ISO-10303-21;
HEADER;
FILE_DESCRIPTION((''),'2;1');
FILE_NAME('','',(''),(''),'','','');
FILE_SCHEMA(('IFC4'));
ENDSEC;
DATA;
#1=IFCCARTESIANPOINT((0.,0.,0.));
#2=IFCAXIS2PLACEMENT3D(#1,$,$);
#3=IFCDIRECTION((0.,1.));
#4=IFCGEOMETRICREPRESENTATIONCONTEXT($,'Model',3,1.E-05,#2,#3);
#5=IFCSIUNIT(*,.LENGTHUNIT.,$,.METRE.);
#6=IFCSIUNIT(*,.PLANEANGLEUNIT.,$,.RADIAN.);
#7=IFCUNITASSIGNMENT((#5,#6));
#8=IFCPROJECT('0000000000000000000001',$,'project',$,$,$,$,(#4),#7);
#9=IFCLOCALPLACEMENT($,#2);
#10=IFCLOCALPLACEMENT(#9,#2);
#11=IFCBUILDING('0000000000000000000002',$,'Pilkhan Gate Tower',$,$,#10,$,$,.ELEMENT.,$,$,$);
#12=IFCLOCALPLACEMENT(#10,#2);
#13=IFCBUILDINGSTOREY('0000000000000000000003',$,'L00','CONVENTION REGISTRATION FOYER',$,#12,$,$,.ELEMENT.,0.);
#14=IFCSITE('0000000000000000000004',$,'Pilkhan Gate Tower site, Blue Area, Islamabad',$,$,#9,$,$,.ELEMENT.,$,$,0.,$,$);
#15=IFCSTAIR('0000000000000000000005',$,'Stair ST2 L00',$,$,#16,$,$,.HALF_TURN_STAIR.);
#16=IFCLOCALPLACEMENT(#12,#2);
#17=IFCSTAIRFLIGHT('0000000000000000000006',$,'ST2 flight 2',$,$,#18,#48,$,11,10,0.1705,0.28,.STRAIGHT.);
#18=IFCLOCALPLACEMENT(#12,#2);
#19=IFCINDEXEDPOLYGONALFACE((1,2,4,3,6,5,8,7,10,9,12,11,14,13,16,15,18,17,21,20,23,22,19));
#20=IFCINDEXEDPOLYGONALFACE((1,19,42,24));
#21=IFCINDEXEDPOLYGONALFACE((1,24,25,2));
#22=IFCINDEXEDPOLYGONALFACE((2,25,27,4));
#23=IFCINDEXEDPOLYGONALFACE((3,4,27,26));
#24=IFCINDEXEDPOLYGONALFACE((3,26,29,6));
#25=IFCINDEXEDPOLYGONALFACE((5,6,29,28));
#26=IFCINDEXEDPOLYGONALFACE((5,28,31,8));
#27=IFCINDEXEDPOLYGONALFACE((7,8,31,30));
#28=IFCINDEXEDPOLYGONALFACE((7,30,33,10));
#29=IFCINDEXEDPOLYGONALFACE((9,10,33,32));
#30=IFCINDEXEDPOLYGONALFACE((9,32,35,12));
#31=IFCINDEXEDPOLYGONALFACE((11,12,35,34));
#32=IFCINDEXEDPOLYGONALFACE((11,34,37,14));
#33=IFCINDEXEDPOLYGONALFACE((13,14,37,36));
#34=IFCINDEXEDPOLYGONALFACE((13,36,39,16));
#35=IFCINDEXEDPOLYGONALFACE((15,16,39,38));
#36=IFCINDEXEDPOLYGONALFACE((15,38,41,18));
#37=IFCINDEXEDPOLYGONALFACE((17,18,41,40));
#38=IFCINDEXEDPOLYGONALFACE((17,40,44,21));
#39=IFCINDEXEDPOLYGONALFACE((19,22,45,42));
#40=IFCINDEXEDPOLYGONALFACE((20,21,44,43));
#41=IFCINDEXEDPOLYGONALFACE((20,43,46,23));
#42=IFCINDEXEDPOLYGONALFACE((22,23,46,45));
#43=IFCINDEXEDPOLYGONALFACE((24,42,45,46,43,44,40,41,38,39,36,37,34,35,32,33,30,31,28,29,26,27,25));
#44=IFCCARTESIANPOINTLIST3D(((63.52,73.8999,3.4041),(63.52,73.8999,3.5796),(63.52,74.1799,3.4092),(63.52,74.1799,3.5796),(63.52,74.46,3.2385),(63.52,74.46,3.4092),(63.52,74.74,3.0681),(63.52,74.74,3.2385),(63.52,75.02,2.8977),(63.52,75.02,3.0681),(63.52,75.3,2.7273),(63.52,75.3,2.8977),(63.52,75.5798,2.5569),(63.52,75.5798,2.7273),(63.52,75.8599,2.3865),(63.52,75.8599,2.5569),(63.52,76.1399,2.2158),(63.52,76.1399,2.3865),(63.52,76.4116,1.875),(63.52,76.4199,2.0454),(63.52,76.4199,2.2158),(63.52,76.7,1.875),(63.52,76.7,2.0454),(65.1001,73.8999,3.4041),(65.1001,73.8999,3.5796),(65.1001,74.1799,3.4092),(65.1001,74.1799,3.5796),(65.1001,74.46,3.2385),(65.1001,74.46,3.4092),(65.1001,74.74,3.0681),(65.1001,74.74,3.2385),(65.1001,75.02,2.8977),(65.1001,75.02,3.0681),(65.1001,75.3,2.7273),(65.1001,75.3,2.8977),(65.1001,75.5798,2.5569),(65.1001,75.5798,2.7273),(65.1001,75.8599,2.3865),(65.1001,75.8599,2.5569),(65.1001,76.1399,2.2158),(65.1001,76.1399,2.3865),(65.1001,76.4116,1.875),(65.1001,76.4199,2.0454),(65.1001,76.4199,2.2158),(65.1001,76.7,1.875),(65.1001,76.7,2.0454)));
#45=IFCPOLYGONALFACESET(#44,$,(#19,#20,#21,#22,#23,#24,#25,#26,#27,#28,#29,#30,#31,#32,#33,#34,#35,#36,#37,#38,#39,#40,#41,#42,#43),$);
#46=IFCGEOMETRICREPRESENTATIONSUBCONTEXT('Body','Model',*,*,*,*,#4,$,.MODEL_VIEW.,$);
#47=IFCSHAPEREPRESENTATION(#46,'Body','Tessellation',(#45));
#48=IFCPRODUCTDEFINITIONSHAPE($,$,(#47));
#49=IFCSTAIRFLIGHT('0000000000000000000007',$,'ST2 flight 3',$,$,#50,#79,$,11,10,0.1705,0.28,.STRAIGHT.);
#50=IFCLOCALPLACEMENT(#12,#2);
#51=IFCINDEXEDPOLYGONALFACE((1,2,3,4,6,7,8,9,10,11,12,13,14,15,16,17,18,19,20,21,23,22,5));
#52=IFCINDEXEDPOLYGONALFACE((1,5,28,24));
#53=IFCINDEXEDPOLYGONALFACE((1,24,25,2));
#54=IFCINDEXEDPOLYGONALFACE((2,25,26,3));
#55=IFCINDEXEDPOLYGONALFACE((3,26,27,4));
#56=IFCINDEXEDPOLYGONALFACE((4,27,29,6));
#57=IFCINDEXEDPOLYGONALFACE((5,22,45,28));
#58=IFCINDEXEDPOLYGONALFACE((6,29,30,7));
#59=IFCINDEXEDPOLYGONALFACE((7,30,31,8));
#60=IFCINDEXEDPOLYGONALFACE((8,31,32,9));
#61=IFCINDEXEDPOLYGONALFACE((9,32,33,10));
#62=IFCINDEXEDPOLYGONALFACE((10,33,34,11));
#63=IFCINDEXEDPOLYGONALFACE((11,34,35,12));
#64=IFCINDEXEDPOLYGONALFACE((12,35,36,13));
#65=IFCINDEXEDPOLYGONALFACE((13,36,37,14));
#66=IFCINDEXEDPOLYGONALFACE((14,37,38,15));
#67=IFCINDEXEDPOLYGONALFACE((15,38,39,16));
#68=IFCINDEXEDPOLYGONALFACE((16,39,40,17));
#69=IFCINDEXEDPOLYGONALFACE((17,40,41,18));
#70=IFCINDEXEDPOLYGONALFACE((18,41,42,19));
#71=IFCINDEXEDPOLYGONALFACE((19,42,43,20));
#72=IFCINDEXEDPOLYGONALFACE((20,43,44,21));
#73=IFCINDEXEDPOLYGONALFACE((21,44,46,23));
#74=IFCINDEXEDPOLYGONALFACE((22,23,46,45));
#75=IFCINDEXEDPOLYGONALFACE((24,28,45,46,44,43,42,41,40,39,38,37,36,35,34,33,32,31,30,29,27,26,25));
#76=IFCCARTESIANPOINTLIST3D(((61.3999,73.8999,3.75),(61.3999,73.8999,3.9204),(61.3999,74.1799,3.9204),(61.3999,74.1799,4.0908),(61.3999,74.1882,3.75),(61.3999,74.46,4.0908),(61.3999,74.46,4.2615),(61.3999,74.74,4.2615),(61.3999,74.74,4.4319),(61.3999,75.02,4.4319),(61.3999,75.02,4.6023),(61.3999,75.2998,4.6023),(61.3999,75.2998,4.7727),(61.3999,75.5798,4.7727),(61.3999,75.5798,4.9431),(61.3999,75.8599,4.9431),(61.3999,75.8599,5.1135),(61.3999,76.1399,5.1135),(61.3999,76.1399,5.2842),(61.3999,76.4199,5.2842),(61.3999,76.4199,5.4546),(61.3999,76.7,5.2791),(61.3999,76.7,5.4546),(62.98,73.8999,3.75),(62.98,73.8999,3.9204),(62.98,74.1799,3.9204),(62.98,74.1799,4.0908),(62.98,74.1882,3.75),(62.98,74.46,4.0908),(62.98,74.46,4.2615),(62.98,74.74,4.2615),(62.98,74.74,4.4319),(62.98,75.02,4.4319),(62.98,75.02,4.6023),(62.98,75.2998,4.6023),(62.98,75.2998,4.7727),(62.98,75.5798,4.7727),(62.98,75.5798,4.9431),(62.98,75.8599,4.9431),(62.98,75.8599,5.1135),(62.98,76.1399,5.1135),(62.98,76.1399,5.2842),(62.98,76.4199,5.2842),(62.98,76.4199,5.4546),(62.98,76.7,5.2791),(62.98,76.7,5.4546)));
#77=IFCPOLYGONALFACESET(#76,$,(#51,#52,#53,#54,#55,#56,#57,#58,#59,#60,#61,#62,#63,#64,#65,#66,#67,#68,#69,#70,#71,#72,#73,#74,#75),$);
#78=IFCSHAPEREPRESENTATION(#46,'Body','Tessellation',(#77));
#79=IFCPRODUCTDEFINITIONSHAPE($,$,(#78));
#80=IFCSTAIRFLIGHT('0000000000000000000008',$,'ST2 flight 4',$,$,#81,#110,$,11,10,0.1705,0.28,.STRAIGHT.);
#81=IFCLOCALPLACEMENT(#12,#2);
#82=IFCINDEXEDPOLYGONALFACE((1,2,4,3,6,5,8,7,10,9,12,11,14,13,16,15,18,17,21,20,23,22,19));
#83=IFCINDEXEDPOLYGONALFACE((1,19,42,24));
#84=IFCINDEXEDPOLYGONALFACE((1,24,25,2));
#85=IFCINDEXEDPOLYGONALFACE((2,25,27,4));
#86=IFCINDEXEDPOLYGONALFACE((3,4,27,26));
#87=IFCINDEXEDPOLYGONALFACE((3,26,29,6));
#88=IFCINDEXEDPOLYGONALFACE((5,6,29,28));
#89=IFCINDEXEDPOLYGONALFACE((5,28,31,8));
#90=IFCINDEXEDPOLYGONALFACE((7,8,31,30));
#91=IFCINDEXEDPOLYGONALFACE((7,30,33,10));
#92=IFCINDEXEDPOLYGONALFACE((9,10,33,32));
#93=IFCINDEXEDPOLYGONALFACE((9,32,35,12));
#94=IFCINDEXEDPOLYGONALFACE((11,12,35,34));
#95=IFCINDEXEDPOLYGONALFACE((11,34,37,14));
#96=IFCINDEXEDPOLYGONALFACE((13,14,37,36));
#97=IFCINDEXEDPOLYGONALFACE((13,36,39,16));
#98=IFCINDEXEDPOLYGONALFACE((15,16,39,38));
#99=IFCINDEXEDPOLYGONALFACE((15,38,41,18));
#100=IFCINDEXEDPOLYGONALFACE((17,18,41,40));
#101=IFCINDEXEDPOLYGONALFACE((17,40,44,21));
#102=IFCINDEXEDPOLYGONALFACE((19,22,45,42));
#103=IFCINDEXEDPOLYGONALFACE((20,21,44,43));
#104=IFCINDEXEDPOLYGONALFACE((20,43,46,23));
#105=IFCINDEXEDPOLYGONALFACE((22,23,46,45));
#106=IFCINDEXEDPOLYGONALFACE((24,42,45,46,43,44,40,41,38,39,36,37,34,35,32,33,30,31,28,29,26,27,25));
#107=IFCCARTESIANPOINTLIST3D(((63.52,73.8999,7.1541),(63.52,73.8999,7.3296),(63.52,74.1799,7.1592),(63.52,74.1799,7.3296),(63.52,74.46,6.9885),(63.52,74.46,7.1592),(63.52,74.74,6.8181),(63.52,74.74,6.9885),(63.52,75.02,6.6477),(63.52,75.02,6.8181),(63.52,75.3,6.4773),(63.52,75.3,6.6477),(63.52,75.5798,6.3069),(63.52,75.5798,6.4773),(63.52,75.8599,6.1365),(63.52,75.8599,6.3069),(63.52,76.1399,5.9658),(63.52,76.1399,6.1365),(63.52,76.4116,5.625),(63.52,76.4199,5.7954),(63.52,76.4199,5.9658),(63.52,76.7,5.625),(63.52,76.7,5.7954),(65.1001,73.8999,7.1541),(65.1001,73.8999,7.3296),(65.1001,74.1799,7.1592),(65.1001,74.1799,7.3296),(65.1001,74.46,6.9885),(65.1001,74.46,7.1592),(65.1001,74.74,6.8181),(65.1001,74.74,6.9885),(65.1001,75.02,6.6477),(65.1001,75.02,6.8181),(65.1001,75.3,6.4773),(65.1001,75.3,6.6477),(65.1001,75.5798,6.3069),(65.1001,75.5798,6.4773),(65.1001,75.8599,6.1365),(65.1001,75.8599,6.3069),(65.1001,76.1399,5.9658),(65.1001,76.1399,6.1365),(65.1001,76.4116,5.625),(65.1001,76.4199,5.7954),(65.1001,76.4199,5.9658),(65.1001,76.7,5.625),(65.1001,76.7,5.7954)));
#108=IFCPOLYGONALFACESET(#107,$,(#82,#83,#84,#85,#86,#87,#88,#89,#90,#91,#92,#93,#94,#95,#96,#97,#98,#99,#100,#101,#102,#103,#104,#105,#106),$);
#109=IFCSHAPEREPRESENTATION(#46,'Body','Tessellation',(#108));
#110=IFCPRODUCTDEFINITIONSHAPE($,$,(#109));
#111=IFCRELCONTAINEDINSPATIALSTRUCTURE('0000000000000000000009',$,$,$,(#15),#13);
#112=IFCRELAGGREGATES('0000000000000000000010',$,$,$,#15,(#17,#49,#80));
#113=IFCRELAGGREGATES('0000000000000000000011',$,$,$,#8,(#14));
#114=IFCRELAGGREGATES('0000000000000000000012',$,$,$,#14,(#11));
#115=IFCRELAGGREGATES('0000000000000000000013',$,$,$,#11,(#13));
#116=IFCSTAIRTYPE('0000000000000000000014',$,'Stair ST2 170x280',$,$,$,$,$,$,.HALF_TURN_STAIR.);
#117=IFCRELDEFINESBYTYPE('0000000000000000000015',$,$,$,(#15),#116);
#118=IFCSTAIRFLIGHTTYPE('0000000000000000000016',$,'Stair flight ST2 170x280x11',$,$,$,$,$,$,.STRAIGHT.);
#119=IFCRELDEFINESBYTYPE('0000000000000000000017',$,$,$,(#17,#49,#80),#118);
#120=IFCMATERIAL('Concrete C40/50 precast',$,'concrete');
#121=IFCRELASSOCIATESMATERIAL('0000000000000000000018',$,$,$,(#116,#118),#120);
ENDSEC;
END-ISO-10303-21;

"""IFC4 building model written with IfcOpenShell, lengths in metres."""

from ifc_helpers import new_model, si_unit, direction, frame, origin, place, context, subcontext, project, spatial, polyline, outline, extrude, material, type_object, element, aggregate, save


model = new_model("IFC4")

# Units and contexts
model_context = context("Model", 3, precision=1e-05, world=origin(), true_north=direction((0.0, 1.0)))
body_context = subcontext(model_context, "Body", "Model", "MODEL_VIEW")
ifc_project = project(units=[si_unit("LENGTHUNIT", "METRE"), si_unit("PLANEANGLEUNIT", "RADIAN")], contexts=[model_context])

# Site, building, storey
site_placement = place(None, origin())
site = spatial("IfcSite", under=ifc_project, at=site_placement, Name="Pilkhan Gate Tower site, Blue Area, Islamabad", CompositionType="ELEMENT", RefElevation=0.0)
building_placement = place(site_placement, origin())
building = spatial("IfcBuilding", under=site, at=building_placement, Name="Pilkhan Gate Tower", CompositionType="ELEMENT")
storey_placement = place(building_placement, origin())
storey = spatial("IfcBuildingStorey", under=building, at=storey_placement, Name="L00", Description="CONVENTION REGISTRATION FOYER", CompositionType="ELEMENT", Elevation=0.0)

# Stair, stair flights
ifc_material_1 = material(Name="Concrete C40/50 precast", Category="concrete")
stair_type = type_object("IfcStairType", Name="Stair ST2 170x280", PredefinedType="HALF_TURN_STAIR", material=ifc_material_1)
stair_placement = place(storey_placement, origin())
stair = element("IfcStair", 1, at=stair_placement, inside=storey, type_object=stair_type, Name="Stair ST2 L00", PredefinedType="HALF_TURN_STAIR")
stair_flight_type = type_object("IfcStairFlightType", Name="Stair flight ST2 170x280x11", PredefinedType="STRAIGHT", material=ifc_material_1)
stair_flight_1_placement = place(storey_placement, frame((64.3101, 76.7, 1.875), z_axis=(0.0, 0.0, 1.0), x_axis=(0.0, -1.0, 0.0)))
stair_flight_1 = element("IfcStairFlight", 2, at=stair_flight_1_placement, type_object=stair_flight_type, Name="ST2 flight 2", NumberOfRisers=11, NumberOfTreads=10, PredefinedType="STRAIGHT", RiserHeight=0.1705, TreadLength=0.28, context=body_context, shape_type="SweptSolid", body=[
    extrude(outline(polyline([(0.0, 0.0), (0.0, 0.1704), (0.28, 0.1704), (0.28, 0.3408), (0.5601, 0.3408), (0.5601, 0.5115), (0.8401, 0.5115), (0.8401, 0.6819), (1.1201, 0.6819), (1.1201, 0.8523), (1.3999, 0.8523), (1.3999, 1.0227), (1.6799, 1.0227), (1.6799, 1.1931), (1.96, 1.1931), (1.96, 1.3635), (2.24, 1.3635), (2.24, 1.5342), (2.52, 1.5342), (2.52, 1.7046), (2.8, 1.7046), (2.8, 1.875), (2.8, 1.5291), (0.2883, 0.0), (0.0, 0.0)])), frame((0.0, 0.79, 0.0), z_axis=(0.0, -1.0, 0.0), x_axis=(1.0, 0.0, 0.0)), (0.0, 0.0, 1.0), 1.5801),
])
stair_flight_2_placement = place(storey_placement, frame((62.1899, 73.8999, 3.75), z_axis=(0.0, 0.0, 1.0), x_axis=(0.0, 1.0, 0.0)))
stair_flight_2 = element("IfcStairFlight", 3, at=stair_flight_2_placement, type_object=stair_flight_type, Name="ST2 flight 3", NumberOfRisers=11, NumberOfTreads=10, PredefinedType="STRAIGHT", RiserHeight=0.1705, TreadLength=0.28, context=body_context, shape_type="SweptSolid", body=[
    extrude(outline(polyline([(0.0, 0.0), (0.0, 0.1704), (0.28, 0.1704), (0.28, 0.3408), (0.5601, 0.3408), (0.5601, 0.5115), (0.8401, 0.5115), (0.8401, 0.6819), (1.1201, 0.6819), (1.1201, 0.8523), (1.3999, 0.8523), (1.3999, 1.0227), (1.6799, 1.0227), (1.6799, 1.1931), (1.96, 1.1931), (1.96, 1.3635), (2.24, 1.3635), (2.24, 1.5342), (2.52, 1.5342), (2.52, 1.7046), (2.8, 1.7046), (2.8, 1.875), (2.8, 1.5291), (0.2883, 0.0), (0.0, 0.0)])), frame((0.0, 0.79, 0.0), z_axis=(0.0, -1.0, 0.0), x_axis=(1.0, 0.0, 0.0)), (0.0, 0.0, 1.0), 1.5801),
])
stair_flight_3_placement = place(storey_placement, frame((64.3101, 76.7, 5.625), z_axis=(0.0, 0.0, 1.0), x_axis=(0.0, -1.0, 0.0)))
stair_flight_3 = element("IfcStairFlight", 4, at=stair_flight_3_placement, type_object=stair_flight_type, Name="ST2 flight 4", NumberOfRisers=11, NumberOfTreads=10, PredefinedType="STRAIGHT", RiserHeight=0.1705, TreadLength=0.28, context=body_context, shape_type="SweptSolid", body=[
    extrude(outline(polyline([(0.0, 0.0), (0.0, 0.1704), (0.28, 0.1704), (0.28, 0.3408), (0.5601, 0.3408), (0.5601, 0.5115), (0.8401, 0.5115), (0.8401, 0.6819), (1.1201, 0.6819), (1.1201, 0.8523), (1.3999, 0.8523), (1.3999, 1.0227), (1.6799, 1.0227), (1.6799, 1.1931), (1.96, 1.1931), (1.96, 1.3635), (2.24, 1.3635), (2.24, 1.5342), (2.52, 1.5342), (2.52, 1.7046), (2.8, 1.7046), (2.8, 1.875), (2.8, 1.5291), (0.2883, 0.0), (0.0, 0.0)])), frame((0.0, 0.79, 0.0), z_axis=(0.0, -1.0, 0.0), x_axis=(1.0, 0.0, 0.0)), (0.0, 0.0, 1.0), 1.5801),
])
aggregate(stair, [stair_flight_1, stair_flight_2, stair_flight_3])

save(model, "model.ifc")
